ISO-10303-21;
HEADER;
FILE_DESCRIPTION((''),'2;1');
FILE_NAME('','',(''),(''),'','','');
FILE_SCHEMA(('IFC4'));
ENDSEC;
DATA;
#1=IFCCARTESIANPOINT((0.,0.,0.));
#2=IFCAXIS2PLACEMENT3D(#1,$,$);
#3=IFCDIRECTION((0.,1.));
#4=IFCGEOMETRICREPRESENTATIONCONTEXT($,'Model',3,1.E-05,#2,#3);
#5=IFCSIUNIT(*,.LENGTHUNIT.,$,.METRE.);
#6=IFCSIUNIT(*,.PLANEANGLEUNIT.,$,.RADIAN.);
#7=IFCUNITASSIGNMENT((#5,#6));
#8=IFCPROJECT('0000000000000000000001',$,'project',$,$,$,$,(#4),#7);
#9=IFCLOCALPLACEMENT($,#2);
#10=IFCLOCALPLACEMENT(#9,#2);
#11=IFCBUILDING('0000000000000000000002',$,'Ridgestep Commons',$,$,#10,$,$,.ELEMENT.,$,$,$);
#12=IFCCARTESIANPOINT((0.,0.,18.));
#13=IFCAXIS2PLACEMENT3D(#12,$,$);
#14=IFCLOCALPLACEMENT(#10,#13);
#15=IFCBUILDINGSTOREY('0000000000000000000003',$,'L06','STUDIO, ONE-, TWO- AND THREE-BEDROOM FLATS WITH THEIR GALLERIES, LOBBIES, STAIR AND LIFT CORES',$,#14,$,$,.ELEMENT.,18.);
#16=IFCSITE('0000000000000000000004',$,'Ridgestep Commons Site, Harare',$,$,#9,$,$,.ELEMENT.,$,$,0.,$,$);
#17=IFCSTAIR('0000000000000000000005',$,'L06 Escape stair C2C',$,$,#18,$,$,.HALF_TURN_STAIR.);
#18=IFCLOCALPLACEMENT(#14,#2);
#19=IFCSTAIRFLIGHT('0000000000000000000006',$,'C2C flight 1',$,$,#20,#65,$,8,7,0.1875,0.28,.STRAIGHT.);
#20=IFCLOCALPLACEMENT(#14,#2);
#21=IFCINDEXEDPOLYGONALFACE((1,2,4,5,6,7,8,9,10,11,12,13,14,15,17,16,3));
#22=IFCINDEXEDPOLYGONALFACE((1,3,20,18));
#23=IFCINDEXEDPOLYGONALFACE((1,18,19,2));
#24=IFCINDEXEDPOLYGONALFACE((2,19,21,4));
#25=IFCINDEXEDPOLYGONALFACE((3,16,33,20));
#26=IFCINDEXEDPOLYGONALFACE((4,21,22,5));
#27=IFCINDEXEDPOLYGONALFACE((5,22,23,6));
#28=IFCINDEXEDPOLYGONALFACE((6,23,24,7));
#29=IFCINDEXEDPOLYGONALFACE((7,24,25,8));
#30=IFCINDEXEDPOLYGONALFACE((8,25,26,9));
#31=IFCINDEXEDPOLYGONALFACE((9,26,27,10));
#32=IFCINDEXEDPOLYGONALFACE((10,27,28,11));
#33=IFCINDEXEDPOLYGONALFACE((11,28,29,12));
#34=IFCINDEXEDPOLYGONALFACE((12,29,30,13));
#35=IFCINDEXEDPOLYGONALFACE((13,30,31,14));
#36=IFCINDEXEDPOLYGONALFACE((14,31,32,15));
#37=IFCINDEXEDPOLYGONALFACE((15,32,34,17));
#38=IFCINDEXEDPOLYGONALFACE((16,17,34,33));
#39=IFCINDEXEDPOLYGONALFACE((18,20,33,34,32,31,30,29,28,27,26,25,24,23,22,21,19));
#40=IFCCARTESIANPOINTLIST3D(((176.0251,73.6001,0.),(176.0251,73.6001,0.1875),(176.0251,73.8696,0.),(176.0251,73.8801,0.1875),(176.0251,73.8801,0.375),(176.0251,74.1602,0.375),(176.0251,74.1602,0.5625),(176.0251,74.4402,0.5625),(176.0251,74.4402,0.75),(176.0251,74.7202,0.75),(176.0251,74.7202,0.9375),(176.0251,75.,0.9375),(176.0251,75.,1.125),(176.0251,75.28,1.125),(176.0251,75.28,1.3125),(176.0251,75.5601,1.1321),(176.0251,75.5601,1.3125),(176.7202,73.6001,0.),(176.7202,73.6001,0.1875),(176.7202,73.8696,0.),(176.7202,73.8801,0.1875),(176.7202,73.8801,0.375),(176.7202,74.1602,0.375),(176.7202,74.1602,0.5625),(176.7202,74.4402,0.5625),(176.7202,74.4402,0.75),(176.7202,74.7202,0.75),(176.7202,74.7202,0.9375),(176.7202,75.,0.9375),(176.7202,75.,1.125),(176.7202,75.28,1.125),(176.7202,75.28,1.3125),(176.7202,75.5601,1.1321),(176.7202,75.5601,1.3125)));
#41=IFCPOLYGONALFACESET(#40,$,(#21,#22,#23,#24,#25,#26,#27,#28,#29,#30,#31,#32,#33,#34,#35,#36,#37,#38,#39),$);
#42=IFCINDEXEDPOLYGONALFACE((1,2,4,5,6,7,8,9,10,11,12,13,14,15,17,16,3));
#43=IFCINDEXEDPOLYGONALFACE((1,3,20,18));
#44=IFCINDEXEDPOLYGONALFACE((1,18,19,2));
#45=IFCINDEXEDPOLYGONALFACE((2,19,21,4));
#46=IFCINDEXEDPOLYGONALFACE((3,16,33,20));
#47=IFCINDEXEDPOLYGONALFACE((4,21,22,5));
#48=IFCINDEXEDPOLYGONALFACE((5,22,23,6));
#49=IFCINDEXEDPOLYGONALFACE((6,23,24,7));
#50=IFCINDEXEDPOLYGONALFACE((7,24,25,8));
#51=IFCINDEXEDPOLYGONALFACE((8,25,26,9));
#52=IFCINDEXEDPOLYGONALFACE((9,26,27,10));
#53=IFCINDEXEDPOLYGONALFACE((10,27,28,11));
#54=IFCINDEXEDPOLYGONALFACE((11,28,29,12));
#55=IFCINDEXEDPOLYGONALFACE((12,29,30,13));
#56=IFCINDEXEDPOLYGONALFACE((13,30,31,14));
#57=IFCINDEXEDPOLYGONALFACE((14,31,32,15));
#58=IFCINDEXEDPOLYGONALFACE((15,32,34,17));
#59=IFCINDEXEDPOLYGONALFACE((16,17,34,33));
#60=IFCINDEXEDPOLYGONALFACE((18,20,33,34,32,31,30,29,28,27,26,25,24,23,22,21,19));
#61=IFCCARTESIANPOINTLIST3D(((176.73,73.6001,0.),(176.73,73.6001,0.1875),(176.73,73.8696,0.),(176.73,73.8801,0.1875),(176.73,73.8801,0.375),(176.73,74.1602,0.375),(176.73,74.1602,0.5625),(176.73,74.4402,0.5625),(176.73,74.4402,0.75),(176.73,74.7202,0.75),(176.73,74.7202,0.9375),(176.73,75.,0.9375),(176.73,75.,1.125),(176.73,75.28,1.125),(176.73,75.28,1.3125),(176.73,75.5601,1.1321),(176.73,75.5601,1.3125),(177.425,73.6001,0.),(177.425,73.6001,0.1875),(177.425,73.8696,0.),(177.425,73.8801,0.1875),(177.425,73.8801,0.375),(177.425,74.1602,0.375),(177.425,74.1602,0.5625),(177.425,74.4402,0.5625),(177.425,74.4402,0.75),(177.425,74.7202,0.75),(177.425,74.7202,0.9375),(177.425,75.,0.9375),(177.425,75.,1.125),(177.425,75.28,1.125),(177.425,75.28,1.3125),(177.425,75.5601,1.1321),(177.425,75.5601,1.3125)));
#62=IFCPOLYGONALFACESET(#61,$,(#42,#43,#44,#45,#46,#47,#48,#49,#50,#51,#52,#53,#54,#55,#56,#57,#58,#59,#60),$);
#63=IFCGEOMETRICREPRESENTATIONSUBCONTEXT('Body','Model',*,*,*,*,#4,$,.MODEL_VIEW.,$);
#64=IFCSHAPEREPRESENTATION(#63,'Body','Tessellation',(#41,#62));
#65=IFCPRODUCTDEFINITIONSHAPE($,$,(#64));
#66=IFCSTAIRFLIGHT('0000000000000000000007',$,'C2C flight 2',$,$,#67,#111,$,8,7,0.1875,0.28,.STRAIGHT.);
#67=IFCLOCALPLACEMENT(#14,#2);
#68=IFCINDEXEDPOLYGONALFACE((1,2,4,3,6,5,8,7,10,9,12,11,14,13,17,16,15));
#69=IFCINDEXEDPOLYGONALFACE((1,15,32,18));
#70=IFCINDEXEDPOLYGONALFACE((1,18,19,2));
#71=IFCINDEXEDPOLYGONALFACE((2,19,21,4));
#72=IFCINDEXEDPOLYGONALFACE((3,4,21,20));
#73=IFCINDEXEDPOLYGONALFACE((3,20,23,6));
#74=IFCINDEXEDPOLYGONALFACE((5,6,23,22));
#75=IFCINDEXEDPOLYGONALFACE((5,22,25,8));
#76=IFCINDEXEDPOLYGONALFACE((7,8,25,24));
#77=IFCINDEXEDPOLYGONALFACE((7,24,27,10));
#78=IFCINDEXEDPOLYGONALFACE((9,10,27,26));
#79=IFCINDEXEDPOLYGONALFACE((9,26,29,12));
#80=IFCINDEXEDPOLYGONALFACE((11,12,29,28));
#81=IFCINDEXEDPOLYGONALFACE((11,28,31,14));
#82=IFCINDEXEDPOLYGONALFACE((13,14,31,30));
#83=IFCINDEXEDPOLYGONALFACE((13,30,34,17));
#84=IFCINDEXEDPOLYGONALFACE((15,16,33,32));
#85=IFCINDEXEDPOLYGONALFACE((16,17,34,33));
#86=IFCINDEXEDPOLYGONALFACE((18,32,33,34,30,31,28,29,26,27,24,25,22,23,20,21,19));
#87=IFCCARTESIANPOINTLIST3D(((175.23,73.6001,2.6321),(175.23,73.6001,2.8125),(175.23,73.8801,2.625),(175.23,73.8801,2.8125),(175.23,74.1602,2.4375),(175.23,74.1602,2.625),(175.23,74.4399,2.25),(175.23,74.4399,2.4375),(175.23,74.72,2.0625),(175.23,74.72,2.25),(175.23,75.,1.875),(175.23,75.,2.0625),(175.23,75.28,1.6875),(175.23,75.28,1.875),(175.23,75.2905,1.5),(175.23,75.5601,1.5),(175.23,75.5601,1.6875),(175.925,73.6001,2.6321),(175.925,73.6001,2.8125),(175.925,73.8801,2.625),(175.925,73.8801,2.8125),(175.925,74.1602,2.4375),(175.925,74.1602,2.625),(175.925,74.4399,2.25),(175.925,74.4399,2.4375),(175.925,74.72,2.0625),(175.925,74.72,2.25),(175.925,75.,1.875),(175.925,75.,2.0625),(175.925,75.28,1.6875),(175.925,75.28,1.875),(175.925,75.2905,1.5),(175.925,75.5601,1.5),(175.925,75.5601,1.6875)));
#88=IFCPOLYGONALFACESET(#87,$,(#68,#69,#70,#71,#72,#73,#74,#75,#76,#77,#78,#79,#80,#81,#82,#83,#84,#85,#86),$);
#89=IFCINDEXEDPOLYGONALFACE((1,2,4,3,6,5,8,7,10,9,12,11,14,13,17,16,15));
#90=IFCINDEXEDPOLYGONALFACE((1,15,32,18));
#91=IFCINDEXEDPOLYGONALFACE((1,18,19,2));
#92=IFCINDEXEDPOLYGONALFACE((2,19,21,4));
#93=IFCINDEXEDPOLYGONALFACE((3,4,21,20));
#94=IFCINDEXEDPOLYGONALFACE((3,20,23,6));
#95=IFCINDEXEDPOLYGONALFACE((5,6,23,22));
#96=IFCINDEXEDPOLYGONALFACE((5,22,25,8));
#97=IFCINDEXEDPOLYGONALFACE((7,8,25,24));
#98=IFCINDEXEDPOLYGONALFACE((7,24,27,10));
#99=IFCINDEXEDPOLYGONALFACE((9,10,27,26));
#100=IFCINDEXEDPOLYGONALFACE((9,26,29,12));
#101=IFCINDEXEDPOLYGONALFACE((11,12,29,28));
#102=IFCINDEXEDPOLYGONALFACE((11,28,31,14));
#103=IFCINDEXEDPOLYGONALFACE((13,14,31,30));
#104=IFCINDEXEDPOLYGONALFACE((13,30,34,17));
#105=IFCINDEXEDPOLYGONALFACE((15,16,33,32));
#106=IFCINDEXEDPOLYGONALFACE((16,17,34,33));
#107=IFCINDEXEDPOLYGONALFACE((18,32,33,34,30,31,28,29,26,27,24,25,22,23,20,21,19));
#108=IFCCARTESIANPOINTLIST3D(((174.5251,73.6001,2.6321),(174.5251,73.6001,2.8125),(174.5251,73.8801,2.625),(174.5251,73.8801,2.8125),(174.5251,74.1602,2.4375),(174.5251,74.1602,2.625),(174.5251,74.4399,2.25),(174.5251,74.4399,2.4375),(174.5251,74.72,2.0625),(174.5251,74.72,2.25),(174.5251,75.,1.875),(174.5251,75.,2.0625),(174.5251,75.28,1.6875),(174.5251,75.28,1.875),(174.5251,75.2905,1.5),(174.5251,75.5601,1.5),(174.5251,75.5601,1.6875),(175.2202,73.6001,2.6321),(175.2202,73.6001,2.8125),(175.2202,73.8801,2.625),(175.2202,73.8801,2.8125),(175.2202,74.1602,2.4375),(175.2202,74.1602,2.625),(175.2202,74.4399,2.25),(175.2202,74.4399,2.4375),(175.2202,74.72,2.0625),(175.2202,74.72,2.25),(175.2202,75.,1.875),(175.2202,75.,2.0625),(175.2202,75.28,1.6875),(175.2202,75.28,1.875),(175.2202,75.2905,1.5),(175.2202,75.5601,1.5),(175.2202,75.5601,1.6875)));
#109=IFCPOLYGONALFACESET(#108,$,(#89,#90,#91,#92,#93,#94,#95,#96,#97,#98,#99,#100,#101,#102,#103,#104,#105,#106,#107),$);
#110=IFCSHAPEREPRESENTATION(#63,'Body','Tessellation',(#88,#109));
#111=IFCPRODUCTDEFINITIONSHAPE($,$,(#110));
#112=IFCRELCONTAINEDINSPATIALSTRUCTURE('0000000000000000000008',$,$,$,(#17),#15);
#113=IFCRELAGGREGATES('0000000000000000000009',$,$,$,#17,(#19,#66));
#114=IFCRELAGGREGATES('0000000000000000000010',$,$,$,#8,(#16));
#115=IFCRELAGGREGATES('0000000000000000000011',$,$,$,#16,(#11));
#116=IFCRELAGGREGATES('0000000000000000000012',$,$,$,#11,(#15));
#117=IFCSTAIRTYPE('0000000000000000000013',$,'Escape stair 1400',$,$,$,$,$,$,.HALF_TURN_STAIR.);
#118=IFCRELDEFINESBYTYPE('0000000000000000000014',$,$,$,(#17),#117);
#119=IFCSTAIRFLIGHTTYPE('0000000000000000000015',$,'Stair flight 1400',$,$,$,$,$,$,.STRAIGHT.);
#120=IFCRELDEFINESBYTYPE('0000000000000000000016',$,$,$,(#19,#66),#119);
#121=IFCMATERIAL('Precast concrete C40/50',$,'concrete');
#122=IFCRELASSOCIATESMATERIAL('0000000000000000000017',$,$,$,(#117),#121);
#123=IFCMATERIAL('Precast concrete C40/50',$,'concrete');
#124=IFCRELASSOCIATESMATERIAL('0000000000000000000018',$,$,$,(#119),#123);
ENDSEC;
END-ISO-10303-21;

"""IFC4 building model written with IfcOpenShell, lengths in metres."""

from ifc_helpers import new_model, si_unit, direction, frame, origin, place, context, subcontext, project, spatial, polyline, outline, extrude, material, type_object, element, aggregate, save


model = new_model("IFC4")

# Units and contexts
model_context = context("Model", 3, precision=1e-05, world=origin(), true_north=direction((0.0, 1.0)))
body_context = subcontext(model_context, "Body", "Model", "MODEL_VIEW")
ifc_project = project(units=[si_unit("LENGTHUNIT", "METRE"), si_unit("PLANEANGLEUNIT", "RADIAN")], contexts=[model_context])

# Site, building, storey
site_placement = place(None, origin())
site = spatial("IfcSite", under=ifc_project, at=site_placement, Name="Ridgestep Commons Site, Harare", CompositionType="ELEMENT", RefElevation=0.0)
building_placement = place(site_placement, origin())
building = spatial("IfcBuilding", under=site, at=building_placement, Name="Ridgestep Commons", CompositionType="ELEMENT")
storey_placement = place(building_placement, frame((0.0, 0.0, 18.0)))
storey = spatial("IfcBuildingStorey", under=building, at=storey_placement, Name="L06", Description="STUDIO, ONE-, TWO- AND THREE-BEDROOM FLATS WITH THEIR GALLERIES, LOBBIES, STAIR AND LIFT CORES", CompositionType="ELEMENT", Elevation=18.0)

# Stair, stair flights
ifc_material_1 = material(Name="Precast concrete C40/50", Category="concrete")
stair_type = type_object("IfcStairType", Name="Escape stair 1400", PredefinedType="HALF_TURN_STAIR", material=ifc_material_1)
stair_placement = place(storey_placement, origin())
stair = element("IfcStair", 1, at=stair_placement, inside=storey, type_object=stair_type, Name="L06 Escape stair C2C", PredefinedType="HALF_TURN_STAIR")
ifc_material_2 = material(Name="Precast concrete C40/50", Category="concrete")
stair_flight_type = type_object("IfcStairFlightType", Name="Stair flight 1400", PredefinedType="STRAIGHT", material=ifc_material_2)
stair_flight_1_placement = place(storey_placement, frame((176.7251, 73.6001, 0.0), z_axis=(0.0, 0.0, 1.0), x_axis=(0.0, 1.0, 0.0)))
stair_flight_1 = element("IfcStairFlight", 2, at=stair_flight_1_placement, type_object=stair_flight_type, Name="C2C flight 1", NumberOfRisers=8, NumberOfTreads=7, PredefinedType="STRAIGHT", RiserHeight=0.1875, TreadLength=0.28, context=body_context, shape_type="SweptSolid", body=[
    extrude(outline(polyline([(0.0, 0.0), (0.0, 0.1875), (0.28, 0.1875), (0.28, 0.375), (0.5601, 0.375), (0.5601, 0.5625), (0.8401, 0.5625), (0.8401, 0.75), (1.1201, 0.75), (1.1201, 0.9375), (1.3999, 0.9375), (1.3999, 1.125), (1.6799, 1.125), (1.6799, 1.3125), (1.96, 1.3125), (1.96, 1.5), (1.96, 1.1321), (0.2695, 0.0), (0.0, 0.0)])), frame((0.0, 0.7, 0.0), z_axis=(0.0, -1.0, 0.0), x_axis=(1.0, 0.0, 0.0)), (0.0, 0.0, 1.0), 0.6951),
    extrude(outline(polyline([(0.0, 0.0), (0.0, 0.1875), (0.28, 0.1875), (0.28, 0.375), (0.5601, 0.375), (0.5601, 0.5625), (0.8401, 0.5625), (0.8401, 0.75), (1.1201, 0.75), (1.1201, 0.9375), (1.3999, 0.9375), (1.3999, 1.125), (1.6799, 1.125), (1.6799, 1.3125), (1.96, 1.3125), (1.96, 1.5), (1.96, 1.1321), (0.2695, 0.0), (0.0, 0.0)])), frame((0.0, -0.0049, 0.0), z_axis=(0.0, -1.0, 0.0), x_axis=(1.0, 0.0, 0.0)), (0.0, 0.0, 1.0), 0.6951),
])
stair_flight_2_placement = place(storey_placement, frame((175.2251, 75.5601, 1.5), z_axis=(0.0, 0.0, 1.0), x_axis=(0.0, -1.0, 0.0)))
stair_flight_2 = element("IfcStairFlight", 3, at=stair_flight_2_placement, type_object=stair_flight_type, Name="C2C flight 2", NumberOfRisers=8, NumberOfTreads=7, PredefinedType="STRAIGHT", RiserHeight=0.1875, TreadLength=0.28, context=body_context, shape_type="SweptSolid", body=[
    extrude(outline(polyline([(0.0, 0.0), (0.0, 0.1875), (0.28, 0.1875), (0.28, 0.375), (0.5601, 0.375), (0.5601, 0.5625), (0.8401, 0.5625), (0.8401, 0.75), (1.1201, 0.75), (1.1201, 0.9375), (1.3999, 0.9375), (1.3999, 1.125), (1.6799, 1.125), (1.6799, 1.3125), (1.96, 1.3125), (1.96, 1.5), (1.96, 1.1321), (0.2695, 0.0), (0.0, 0.0)])), frame((0.0, 0.7, 0.0), z_axis=(0.0, -1.0, 0.0), x_axis=(1.0, 0.0, 0.0)), (0.0, 0.0, 1.0), 0.6951),
    extrude(outline(polyline([(0.0, 0.0), (0.0, 0.1875), (0.28, 0.1875), (0.28, 0.375), (0.5601, 0.375), (0.5601, 0.5625), (0.8401, 0.5625), (0.8401, 0.75), (1.1201, 0.75), (1.1201, 0.9375), (1.3999, 0.9375), (1.3999, 1.125), (1.6799, 1.125), (1.6799, 1.3125), (1.96, 1.3125), (1.96, 1.5), (1.96, 1.1321), (0.2695, 0.0), (0.0, 0.0)])), frame((0.0, -0.0049, 0.0), z_axis=(0.0, -1.0, 0.0), x_axis=(1.0, 0.0, 0.0)), (0.0, 0.0, 1.0), 0.6951),
])
aggregate(stair, [stair_flight_1, stair_flight_2])

save(model, "model.ifc")
